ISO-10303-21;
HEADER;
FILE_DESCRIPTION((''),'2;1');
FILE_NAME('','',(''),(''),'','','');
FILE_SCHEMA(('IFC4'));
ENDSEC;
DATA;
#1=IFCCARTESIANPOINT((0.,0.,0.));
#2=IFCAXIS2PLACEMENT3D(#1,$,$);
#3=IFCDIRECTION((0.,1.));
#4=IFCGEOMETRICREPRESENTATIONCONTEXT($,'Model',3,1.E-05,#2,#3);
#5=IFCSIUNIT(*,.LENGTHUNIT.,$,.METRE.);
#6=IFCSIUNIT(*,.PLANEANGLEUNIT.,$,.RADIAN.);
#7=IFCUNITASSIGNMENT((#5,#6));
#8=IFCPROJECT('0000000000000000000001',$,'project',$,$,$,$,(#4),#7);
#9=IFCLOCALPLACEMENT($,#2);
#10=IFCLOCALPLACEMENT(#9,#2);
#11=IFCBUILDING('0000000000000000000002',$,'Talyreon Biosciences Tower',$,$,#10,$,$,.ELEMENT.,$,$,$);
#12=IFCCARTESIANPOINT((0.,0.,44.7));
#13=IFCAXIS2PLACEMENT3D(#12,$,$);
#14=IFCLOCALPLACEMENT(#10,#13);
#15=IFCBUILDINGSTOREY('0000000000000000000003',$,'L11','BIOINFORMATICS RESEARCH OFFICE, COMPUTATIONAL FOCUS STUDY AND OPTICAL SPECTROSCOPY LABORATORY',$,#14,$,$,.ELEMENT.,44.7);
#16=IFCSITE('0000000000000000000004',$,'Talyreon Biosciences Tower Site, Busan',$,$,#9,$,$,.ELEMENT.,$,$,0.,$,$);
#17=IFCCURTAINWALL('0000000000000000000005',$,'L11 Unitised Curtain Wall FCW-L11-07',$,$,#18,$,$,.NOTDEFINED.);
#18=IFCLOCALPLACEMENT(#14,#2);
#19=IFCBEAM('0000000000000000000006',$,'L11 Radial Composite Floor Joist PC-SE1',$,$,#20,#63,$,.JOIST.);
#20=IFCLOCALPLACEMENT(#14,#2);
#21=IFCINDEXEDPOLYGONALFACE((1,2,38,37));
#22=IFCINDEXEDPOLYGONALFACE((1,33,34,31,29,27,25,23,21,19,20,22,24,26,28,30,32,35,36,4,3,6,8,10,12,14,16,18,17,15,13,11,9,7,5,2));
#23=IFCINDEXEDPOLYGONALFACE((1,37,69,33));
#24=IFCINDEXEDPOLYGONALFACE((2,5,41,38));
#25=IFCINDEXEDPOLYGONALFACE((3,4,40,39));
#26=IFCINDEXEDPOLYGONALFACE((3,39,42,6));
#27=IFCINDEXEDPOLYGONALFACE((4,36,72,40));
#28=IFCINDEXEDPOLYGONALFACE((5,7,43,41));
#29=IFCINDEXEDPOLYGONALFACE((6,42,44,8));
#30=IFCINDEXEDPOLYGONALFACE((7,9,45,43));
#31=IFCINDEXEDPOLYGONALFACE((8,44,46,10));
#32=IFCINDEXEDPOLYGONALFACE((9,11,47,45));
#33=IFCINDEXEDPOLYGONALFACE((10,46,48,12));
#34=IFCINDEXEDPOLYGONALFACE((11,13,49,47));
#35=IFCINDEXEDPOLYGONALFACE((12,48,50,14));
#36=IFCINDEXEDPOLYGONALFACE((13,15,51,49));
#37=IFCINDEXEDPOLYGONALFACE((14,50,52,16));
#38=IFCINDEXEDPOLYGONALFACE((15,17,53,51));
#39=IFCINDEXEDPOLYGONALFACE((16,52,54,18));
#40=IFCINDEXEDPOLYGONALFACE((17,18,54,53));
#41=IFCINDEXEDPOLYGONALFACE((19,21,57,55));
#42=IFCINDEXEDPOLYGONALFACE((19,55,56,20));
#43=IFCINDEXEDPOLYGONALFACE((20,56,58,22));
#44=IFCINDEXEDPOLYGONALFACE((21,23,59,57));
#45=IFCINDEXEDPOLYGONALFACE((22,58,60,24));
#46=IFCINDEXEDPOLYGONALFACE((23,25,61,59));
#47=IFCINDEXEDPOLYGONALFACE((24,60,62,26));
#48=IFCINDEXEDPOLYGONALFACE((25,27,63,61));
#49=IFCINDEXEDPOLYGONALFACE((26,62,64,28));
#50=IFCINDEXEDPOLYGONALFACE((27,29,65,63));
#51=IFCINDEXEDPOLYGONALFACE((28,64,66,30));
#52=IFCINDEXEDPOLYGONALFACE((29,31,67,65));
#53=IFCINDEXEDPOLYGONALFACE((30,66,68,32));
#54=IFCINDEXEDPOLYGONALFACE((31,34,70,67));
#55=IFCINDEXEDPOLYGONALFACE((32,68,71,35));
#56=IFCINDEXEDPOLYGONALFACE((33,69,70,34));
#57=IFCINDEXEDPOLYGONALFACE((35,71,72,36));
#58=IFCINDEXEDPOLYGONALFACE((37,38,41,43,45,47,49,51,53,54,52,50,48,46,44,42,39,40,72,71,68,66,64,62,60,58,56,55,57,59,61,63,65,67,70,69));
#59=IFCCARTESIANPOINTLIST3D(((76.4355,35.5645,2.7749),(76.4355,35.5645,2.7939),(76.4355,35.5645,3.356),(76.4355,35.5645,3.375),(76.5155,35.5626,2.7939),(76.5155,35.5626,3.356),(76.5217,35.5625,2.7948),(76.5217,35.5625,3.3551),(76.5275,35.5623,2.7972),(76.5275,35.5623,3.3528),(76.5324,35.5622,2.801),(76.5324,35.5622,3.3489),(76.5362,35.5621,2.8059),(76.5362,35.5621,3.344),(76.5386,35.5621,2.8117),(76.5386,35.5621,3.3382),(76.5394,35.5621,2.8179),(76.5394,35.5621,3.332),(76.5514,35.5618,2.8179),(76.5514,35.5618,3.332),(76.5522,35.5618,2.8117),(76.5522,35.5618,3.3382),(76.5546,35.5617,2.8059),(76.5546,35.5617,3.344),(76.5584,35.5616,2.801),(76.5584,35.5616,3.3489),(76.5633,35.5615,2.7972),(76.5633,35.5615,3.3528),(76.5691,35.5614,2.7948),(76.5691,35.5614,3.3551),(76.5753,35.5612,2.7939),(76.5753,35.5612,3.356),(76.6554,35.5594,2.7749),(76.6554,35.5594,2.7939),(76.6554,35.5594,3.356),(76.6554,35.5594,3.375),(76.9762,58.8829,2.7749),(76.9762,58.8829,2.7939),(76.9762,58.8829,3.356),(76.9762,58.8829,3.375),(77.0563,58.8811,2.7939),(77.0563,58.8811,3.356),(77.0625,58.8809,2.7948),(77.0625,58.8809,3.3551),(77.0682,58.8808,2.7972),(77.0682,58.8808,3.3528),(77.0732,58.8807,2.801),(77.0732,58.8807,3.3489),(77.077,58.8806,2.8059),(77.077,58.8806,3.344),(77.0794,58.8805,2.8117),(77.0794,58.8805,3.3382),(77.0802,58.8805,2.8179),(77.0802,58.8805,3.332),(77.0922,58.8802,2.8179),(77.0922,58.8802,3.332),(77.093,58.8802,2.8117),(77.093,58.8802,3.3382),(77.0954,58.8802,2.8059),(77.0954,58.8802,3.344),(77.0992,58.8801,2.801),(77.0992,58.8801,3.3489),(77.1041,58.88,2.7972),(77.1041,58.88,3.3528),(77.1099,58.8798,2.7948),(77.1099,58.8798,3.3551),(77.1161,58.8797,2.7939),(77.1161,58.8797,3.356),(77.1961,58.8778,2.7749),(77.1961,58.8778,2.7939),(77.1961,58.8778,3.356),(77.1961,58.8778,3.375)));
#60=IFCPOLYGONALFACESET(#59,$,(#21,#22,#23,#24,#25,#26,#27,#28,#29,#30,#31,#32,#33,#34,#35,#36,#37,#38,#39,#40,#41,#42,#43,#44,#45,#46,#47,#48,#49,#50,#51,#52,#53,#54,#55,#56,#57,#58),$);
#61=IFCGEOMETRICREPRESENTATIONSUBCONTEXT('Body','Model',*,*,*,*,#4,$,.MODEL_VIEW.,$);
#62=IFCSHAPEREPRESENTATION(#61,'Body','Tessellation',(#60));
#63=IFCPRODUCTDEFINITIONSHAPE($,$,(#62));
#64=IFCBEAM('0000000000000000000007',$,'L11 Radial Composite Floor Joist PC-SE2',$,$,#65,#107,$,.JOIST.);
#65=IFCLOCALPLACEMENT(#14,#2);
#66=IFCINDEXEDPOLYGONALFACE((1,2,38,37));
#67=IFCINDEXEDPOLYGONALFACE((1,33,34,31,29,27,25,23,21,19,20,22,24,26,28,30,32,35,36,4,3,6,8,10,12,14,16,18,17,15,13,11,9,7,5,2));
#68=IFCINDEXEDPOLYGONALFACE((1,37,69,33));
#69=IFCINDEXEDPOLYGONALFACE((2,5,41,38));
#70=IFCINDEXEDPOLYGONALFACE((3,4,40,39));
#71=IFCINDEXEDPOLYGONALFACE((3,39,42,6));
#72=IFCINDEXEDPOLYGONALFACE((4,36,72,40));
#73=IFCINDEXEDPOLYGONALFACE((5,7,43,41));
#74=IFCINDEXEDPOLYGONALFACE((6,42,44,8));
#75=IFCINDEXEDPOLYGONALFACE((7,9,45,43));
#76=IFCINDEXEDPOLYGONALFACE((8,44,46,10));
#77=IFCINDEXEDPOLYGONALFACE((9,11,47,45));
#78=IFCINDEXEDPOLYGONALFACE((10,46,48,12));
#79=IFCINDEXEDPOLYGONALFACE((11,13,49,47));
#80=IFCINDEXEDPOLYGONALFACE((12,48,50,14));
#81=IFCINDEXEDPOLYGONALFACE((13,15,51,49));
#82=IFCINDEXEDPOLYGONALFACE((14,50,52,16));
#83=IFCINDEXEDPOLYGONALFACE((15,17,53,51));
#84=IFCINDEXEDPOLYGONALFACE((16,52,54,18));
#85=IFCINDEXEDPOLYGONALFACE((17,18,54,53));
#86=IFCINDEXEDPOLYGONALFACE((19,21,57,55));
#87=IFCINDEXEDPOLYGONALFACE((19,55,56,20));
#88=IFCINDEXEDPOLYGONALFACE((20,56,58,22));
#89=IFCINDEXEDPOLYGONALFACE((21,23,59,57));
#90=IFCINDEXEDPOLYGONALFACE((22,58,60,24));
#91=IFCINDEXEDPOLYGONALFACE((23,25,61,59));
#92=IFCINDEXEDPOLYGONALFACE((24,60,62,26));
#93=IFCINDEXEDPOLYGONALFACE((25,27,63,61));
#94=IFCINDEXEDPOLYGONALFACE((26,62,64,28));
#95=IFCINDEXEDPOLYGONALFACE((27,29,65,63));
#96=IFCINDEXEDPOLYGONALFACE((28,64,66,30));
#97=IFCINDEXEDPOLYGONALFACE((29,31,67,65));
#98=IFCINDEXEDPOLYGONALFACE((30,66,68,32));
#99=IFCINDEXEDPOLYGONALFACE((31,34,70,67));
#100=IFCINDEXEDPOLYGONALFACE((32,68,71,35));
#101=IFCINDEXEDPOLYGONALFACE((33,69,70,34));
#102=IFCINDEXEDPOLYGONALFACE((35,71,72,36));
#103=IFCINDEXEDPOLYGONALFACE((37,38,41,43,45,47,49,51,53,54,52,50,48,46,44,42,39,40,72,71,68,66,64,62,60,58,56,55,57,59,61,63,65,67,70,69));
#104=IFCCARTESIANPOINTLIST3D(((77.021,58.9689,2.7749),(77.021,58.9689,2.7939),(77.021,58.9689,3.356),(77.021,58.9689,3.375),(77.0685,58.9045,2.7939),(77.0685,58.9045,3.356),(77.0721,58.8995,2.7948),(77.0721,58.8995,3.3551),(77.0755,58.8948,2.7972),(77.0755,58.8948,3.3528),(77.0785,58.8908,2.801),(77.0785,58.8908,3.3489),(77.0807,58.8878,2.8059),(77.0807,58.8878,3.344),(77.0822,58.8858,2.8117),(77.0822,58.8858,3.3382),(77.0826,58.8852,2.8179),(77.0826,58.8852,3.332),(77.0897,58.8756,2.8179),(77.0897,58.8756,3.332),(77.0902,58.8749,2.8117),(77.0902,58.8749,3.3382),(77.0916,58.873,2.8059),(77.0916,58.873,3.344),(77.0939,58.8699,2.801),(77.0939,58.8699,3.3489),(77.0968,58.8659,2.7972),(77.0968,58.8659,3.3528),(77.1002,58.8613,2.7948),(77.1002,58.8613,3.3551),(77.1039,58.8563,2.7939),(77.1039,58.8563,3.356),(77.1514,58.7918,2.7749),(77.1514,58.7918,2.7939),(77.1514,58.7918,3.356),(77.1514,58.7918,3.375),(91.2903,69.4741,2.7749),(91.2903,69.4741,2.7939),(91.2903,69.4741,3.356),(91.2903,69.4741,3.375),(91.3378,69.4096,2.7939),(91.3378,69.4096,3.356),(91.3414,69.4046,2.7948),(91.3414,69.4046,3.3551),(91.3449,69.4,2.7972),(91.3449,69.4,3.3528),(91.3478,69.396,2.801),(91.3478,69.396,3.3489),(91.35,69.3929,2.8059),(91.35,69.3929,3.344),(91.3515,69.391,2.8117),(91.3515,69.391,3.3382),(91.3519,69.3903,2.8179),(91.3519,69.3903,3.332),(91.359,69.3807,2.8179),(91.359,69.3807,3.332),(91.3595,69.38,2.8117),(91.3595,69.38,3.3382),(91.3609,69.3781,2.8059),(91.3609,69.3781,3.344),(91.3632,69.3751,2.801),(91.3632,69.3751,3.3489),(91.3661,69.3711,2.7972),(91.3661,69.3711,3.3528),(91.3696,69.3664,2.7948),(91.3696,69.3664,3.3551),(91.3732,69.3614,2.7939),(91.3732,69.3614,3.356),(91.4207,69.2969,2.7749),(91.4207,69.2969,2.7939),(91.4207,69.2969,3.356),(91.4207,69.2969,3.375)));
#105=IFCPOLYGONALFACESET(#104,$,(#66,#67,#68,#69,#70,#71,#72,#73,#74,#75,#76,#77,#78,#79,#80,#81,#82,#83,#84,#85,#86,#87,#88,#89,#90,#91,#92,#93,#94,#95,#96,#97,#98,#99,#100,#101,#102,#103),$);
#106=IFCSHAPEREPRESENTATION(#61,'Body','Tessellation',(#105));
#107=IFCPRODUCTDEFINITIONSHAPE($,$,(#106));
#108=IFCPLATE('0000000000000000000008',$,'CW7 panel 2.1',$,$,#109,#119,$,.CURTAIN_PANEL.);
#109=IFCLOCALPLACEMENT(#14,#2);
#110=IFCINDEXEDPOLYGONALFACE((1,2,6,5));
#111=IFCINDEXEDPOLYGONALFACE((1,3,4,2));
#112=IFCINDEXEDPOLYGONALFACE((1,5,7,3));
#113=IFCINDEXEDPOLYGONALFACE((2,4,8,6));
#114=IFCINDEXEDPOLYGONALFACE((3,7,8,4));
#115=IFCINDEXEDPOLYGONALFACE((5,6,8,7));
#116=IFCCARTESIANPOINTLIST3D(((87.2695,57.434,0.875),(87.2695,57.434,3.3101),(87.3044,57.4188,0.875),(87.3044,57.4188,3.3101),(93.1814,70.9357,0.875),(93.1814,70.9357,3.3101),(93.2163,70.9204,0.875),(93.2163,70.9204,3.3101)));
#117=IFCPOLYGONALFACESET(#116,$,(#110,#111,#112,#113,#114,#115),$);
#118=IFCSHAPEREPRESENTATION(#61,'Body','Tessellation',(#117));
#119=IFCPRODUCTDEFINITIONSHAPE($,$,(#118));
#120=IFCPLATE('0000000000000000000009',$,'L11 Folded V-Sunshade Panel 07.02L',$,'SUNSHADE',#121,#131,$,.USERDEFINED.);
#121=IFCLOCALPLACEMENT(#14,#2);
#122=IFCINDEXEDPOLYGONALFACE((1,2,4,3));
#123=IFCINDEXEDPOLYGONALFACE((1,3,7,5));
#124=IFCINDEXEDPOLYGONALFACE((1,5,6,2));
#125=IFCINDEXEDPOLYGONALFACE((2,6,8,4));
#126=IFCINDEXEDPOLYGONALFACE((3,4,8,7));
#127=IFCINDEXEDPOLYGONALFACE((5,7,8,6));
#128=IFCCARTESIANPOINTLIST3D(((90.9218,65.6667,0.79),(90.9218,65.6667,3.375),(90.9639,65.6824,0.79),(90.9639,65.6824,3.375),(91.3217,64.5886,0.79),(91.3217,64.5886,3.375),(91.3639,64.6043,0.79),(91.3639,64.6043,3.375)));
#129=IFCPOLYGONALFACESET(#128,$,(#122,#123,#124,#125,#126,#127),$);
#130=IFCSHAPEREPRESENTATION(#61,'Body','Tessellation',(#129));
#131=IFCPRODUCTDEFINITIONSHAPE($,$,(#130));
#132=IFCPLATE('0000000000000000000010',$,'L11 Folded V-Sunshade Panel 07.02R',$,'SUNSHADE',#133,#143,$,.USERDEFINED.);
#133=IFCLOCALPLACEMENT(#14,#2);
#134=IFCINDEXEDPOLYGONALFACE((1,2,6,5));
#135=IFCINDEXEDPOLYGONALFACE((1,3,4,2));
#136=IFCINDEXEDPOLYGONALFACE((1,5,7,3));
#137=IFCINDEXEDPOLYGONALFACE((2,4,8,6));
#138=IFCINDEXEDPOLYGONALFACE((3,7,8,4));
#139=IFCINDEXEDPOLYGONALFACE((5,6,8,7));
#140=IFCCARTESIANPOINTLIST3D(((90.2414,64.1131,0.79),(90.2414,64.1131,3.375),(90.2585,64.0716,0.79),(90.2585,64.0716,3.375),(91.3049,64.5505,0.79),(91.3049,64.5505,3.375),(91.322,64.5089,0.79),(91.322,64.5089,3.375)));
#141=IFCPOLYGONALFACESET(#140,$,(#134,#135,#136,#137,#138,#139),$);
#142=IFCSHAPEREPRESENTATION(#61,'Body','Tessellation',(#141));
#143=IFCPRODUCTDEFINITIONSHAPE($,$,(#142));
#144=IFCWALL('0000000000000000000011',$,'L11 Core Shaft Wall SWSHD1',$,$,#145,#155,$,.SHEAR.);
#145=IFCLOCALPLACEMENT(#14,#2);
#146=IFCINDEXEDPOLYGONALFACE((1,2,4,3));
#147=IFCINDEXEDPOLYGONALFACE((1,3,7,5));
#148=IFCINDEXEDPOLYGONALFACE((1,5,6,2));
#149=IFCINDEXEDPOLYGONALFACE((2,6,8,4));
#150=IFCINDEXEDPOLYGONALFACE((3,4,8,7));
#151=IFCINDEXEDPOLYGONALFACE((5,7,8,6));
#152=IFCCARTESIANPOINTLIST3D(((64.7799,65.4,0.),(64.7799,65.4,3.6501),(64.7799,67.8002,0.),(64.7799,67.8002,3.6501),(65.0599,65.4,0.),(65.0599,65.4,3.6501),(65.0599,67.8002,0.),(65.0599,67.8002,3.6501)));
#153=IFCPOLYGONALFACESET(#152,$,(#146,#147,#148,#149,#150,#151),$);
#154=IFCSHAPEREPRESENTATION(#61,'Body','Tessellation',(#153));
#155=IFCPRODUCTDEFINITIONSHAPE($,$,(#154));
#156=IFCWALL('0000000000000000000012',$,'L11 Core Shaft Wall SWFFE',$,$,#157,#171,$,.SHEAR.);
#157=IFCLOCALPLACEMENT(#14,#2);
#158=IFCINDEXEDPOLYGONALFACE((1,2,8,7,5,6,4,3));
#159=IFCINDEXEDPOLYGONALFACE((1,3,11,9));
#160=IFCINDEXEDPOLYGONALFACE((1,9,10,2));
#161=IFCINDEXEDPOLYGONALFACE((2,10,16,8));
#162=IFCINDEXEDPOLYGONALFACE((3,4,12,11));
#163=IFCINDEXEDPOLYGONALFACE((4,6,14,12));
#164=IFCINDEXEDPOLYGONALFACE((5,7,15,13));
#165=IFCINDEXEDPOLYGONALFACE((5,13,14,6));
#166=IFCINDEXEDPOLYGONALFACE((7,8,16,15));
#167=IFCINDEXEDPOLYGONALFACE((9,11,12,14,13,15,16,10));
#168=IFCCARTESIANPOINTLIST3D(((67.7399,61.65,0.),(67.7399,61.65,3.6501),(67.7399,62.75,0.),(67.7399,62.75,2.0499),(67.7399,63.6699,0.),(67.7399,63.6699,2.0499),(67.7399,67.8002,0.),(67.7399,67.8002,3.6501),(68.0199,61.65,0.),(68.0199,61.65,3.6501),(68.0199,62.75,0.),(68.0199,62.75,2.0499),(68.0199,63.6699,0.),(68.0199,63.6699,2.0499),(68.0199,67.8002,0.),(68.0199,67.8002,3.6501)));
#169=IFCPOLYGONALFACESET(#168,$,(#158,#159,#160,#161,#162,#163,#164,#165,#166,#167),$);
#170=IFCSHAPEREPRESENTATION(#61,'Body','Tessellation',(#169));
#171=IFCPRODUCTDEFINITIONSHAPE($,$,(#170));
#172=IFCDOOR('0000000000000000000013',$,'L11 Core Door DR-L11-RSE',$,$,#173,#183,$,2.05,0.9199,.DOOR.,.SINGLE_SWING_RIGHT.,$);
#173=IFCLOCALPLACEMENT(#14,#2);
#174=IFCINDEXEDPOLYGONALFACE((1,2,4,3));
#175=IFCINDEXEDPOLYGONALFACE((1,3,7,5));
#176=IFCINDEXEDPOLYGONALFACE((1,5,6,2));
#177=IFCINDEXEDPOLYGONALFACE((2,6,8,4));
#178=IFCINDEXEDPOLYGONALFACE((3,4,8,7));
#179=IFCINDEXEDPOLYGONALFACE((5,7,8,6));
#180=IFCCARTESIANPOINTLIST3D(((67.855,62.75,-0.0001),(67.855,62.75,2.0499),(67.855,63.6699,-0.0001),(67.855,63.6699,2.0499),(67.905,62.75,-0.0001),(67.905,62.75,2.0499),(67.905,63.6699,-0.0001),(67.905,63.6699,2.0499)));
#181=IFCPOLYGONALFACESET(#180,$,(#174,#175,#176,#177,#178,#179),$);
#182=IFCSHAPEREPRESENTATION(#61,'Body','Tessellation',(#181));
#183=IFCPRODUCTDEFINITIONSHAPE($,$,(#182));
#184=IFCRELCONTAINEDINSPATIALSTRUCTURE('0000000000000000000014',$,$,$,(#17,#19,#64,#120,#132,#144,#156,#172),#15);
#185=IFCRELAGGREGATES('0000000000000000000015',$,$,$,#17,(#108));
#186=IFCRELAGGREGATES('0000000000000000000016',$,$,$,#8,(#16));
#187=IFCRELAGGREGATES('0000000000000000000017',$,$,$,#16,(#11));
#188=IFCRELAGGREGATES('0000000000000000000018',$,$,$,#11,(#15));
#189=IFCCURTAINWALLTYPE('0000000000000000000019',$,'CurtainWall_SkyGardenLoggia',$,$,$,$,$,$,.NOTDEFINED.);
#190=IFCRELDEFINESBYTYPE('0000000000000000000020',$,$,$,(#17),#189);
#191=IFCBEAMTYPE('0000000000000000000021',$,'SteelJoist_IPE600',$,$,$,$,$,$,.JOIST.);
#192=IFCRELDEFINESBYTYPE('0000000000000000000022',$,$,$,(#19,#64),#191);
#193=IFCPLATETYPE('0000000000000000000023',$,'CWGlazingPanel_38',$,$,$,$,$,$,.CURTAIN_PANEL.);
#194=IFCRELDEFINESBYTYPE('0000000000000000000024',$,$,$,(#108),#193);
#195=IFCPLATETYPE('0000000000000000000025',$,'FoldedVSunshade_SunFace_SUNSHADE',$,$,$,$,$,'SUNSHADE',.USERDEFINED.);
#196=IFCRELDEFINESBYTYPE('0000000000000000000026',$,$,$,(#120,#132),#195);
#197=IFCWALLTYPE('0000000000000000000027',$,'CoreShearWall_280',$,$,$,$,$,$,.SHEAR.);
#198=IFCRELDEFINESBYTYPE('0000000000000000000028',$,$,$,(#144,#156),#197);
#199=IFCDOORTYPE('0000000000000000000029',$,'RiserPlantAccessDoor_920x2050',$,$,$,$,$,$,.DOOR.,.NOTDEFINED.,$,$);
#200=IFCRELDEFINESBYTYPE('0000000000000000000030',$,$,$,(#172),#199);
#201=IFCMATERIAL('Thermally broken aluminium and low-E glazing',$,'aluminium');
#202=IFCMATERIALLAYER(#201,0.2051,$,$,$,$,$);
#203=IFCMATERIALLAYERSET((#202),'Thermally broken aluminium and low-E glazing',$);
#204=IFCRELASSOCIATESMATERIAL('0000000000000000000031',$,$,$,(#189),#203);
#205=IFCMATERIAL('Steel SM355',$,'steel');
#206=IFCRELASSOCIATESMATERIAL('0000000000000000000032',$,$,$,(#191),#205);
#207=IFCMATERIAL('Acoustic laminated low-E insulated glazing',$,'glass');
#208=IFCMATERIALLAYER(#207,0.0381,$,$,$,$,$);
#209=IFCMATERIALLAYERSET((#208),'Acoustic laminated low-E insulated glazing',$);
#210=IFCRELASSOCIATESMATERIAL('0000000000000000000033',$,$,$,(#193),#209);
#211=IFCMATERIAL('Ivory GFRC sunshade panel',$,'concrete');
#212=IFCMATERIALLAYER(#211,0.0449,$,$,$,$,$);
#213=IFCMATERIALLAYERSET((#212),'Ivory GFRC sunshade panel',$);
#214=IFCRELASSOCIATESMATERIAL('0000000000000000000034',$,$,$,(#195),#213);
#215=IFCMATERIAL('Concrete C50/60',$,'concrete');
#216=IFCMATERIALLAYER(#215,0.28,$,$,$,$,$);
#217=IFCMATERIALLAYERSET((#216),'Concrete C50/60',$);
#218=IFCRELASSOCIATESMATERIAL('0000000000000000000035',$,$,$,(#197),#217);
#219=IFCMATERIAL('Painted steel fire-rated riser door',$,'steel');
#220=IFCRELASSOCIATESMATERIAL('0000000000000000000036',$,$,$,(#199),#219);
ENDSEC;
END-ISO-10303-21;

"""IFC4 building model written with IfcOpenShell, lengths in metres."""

from ifc_helpers import new_model, si_unit, direction, frame, frame_2d, origin, origin_2d, place, context, subcontext, project, spatial, rectangle, i_section, extrude, material, layer, layer_set, material_profile, profile_set, type_object, element, fill, aggregate, save


model = new_model("IFC4")

# Units and contexts
model_context = context("Model", 3, precision=1e-05, world=origin(), true_north=direction((0.0, 1.0)))
body_context = subcontext(model_context, "Body", "Model", "MODEL_VIEW")
ifc_project = project(units=[si_unit("LENGTHUNIT", "METRE"), si_unit("PLANEANGLEUNIT", "RADIAN")], contexts=[model_context])

# Site, building, storey
site_placement = place(None, origin())
site = spatial("IfcSite", under=ifc_project, at=site_placement, Name="Talyreon Biosciences Tower Site, Busan", CompositionType="ELEMENT", RefElevation=0.0)
building_placement = place(site_placement, origin())
building = spatial("IfcBuilding", under=site, at=building_placement, Name="Talyreon Biosciences Tower", CompositionType="ELEMENT")
storey_placement = place(building_placement, frame((0.0, 0.0, 44.7)))
storey = spatial("IfcBuildingStorey", under=building, at=storey_placement, Name="L11", Description="BIOINFORMATICS RESEARCH OFFICE, COMPUTATIONAL FOCUS STUDY AND OPTICAL SPECTROSCOPY LABORATORY", CompositionType="ELEMENT", Elevation=44.7)

# Curtain wall
ifc_material_1 = material(Name="Thermally broken aluminium and low-E glazing", Category="aluminium")
ifc_layer_1 = layer(ifc_material_1, 0.2051)
ifc_layer_set_1 = layer_set([ifc_layer_1], Name="Thermally broken aluminium and low-E glazing")
curtain_wall_type = type_object("IfcCurtainWallType", Name="CurtainWall_SkyGardenLoggia", PredefinedType="NOTDEFINED", material=ifc_layer_set_1)
curtain_wall_placement = place(storey_placement, origin())
curtain_wall = element("IfcCurtainWall", 1, at=curtain_wall_placement, inside=storey, type_object=curtain_wall_type, Name="L11 Unitised Curtain Wall FCW-L11-07", PredefinedType="NOTDEFINED")

# Beams
ifc_material_2 = material(Name="Steel SM355", Category="steel")
ifc_material_profile_1 = material_profile(ifc_material_2, i_section(OverallWidth=0.22, OverallDepth=0.6001, WebThickness=0.012, FlangeThickness=0.019, FilletRadius=0.0239, at=origin_2d()), Name="IPE600")
ifc_profile_set_1 = profile_set([ifc_material_profile_1], Name="Steel SM355")
beam_type_1 = type_object("IfcBeamType", Name="SteelJoist_IPE600", PredefinedType="JOIST", material=ifc_profile_set_1)
beam_1_placement = place(storey_placement, frame((77.0862, 58.8804, 3.075), z_axis=(-0.023185, -0.999731, 0.0), x_axis=(0.999731, -0.023185, 0.0)))
element("IfcBeam", 2, at=beam_1_placement, inside=storey, type_object=beam_type_1, Name="L11 Radial Composite Floor Joist PC-SE1", PredefinedType="JOIST", context=body_context, shape_type="SweptSolid", body=[
    extrude(i_section(OverallWidth=0.22, OverallDepth=0.6001, WebThickness=0.012, FlangeThickness=0.019, FilletRadius=0.0239, at=origin_2d()), origin(), (0.0, 0.0, 1.0), 23.3247),
])
beam_2_placement = place(storey_placement, frame((77.0862, 58.8804, 3.075), z_axis=(0.805301, 0.592867, 0.0), x_axis=(-0.592867, 0.805301, 0.0)))
element("IfcBeam", 3, at=beam_2_placement, inside=storey, type_object=beam_type_1, Name="L11 Radial Composite Floor Joist PC-SE2", PredefinedType="JOIST", context=body_context, shape_type="SweptSolid", body=[
    extrude(i_section(OverallWidth=0.22, OverallDepth=0.6001, WebThickness=0.012, FlangeThickness=0.019, FilletRadius=0.0239, at=origin_2d()), origin(), (0.0, 0.0, 1.0), 17.7192),
])

# Plate
ifc_material_3 = material(Name="Acoustic laminated low-E insulated glazing", Category="glass")
ifc_layer_2 = layer(ifc_material_3, 0.0381)
ifc_layer_set_2 = layer_set([ifc_layer_2], Name="Acoustic laminated low-E insulated glazing")
plate_type_1 = type_object("IfcPlateType", Name="CWGlazingPanel_38", PredefinedType="CURTAIN_PANEL", material=ifc_layer_set_2)
plate_placement = place(storey_placement, frame((90.2429, 64.1772, 0.875), z_axis=(0.0, 0.0, 1.0), x_axis=(-0.401098, -0.916035, 0.0)))
plate = element("IfcPlate", 4, at=plate_placement, type_object=plate_type_1, Name="CW7 panel 2.1", PredefinedType="CURTAIN_PANEL", context=body_context, shape_type="SweptSolid", body=[
    extrude(rectangle(XDim=14.7393, YDim=0.0381, at=origin_2d()), origin(), (0.0, 0.0, 1.0), 2.4351),
])
aggregate(curtain_wall, [plate])

# Plates
ifc_material_4 = material(Name="Ivory GFRC sunshade panel", Category="concrete")
ifc_layer_3 = layer(ifc_material_4, 0.0449)
ifc_layer_set_3 = layer_set([ifc_layer_3], Name="Ivory GFRC sunshade panel")
plate_type_2 = type_object("IfcPlateType", Name="FoldedVSunshade_SunFace_SUNSHADE", ElementType="SUNSHADE", PredefinedType="USERDEFINED", material=ifc_layer_set_3)
for number, where, z_axis, x_axis, name in (
    (5, (91.1428, 65.1355, 0.79), (0.0, 0.0, 1.0), (0.347803, -0.937568, 0.0), "L11 Folded V-Sunshade Panel 07.02L"),
    (6, (90.7817, 64.311, 0.79), (0.0, 0.0, 1.0), (-0.924858, -0.380312, 0.0), "L11 Folded V-Sunshade Panel 07.02R"),
):
    element("IfcPlate", number, at=place(storey_placement, frame(where, z_axis=z_axis, x_axis=x_axis)), inside=storey, type_object=plate_type_2, Name=name, ObjectType="SUNSHADE", PredefinedType="USERDEFINED", context=body_context, shape_type="SweptSolid", body=[
        extrude(rectangle(XDim=1.1499, YDim=0.0449, at=origin_2d()), origin(), (0.0, 0.0, 1.0), 2.585),
    ])

# Wall
ifc_material_5 = material(Name="Concrete C50/60", Category="concrete")
ifc_layer_4 = layer(ifc_material_5, 0.28)
ifc_layer_set_4 = layer_set([ifc_layer_4], Name="Concrete C50/60")
wall_type_1 = type_object("IfcWallType", Name="CoreShearWall_280", PredefinedType="SHEAR", material=ifc_layer_set_4)
wall_1_placement = place(storey_placement, frame((64.9199, 65.3999, 0.0), z_axis=(0.0, 0.0, 1.0), x_axis=(0.0, 1.0, 0.0)))
element("IfcWall", 7, at=wall_1_placement, inside=storey, type_object=wall_type_1, Name="L11 Core Shaft Wall SWSHD1", PredefinedType="SHEAR", context=body_context, shape_type="SweptSolid", body=[
    extrude(rectangle(XDim=2.4001, YDim=0.28, at=frame_2d((1.2002, 0.0))), origin(), (0.0, 0.0, 1.0), 3.6501),
])

# Wall, opening, door
wall_2_placement = place(storey_placement, frame((67.8799, 61.6499, 0.0), z_axis=(0.0, 0.0, 1.0), x_axis=(0.0, 1.0, 0.0)))
wall_2 = element("IfcWall", 8, at=wall_2_placement, inside=storey, type_object=wall_type_1, Name="L11 Core Shaft Wall SWFFE", PredefinedType="SHEAR", context=body_context, shape_type="SweptSolid", body=[
    extrude(rectangle(XDim=6.1501, YDim=0.28, at=frame_2d((3.0752, 0.0))), origin(), (0.0, 0.0, 1.0), 3.6501),
])
opening_1_placement = place(wall_2_placement, frame((1.1001, 0.0, 0.0)))
opening_1 = element("IfcOpeningElement", 9, at=opening_1_placement, cuts=wall_2, PredefinedType="OPENING", context=body_context, shape_type="SweptSolid", body=[
    extrude(rectangle(XDim=0.9199, YDim=2.05, at=frame_2d((0.46, 1.0249))), frame((0.0, 0.1499, 0.0), z_axis=(0.0, -1.0, 0.0), x_axis=(1.0, 0.0, 0.0)), (0.0, 0.0, 1.0), 0.3),
])
ifc_material_6 = material(Name="Painted steel fire-rated riser door", Category="steel")
door_type_1 = type_object("IfcDoorType", Name="RiserPlantAccessDoor_920x2050", OperationType="NOTDEFINED", PredefinedType="DOOR", material=ifc_material_6)
door_1_placement = place(opening_1_placement, origin())
door_1 = element("IfcDoor", 10, at=door_1_placement, inside=storey, type_object=door_type_1, Name="L11 Core Door DR-L11-RSE", OperationType="SINGLE_SWING_RIGHT", OverallHeight=2.05, OverallWidth=0.9199, PredefinedType="DOOR", context=body_context, shape_type="SweptSolid", body=[
    extrude(rectangle(XDim=0.9199, YDim=2.05, at=frame_2d((0.46, 1.0249))), frame((0.0, 0.0249, 0.0), z_axis=(0.0, -1.0, 0.0), x_axis=(1.0, 0.0, 0.0)), (0.0, 0.0, 1.0), 0.05),
])
fill(opening_1, door_1)

save(model, "model.ifc")
